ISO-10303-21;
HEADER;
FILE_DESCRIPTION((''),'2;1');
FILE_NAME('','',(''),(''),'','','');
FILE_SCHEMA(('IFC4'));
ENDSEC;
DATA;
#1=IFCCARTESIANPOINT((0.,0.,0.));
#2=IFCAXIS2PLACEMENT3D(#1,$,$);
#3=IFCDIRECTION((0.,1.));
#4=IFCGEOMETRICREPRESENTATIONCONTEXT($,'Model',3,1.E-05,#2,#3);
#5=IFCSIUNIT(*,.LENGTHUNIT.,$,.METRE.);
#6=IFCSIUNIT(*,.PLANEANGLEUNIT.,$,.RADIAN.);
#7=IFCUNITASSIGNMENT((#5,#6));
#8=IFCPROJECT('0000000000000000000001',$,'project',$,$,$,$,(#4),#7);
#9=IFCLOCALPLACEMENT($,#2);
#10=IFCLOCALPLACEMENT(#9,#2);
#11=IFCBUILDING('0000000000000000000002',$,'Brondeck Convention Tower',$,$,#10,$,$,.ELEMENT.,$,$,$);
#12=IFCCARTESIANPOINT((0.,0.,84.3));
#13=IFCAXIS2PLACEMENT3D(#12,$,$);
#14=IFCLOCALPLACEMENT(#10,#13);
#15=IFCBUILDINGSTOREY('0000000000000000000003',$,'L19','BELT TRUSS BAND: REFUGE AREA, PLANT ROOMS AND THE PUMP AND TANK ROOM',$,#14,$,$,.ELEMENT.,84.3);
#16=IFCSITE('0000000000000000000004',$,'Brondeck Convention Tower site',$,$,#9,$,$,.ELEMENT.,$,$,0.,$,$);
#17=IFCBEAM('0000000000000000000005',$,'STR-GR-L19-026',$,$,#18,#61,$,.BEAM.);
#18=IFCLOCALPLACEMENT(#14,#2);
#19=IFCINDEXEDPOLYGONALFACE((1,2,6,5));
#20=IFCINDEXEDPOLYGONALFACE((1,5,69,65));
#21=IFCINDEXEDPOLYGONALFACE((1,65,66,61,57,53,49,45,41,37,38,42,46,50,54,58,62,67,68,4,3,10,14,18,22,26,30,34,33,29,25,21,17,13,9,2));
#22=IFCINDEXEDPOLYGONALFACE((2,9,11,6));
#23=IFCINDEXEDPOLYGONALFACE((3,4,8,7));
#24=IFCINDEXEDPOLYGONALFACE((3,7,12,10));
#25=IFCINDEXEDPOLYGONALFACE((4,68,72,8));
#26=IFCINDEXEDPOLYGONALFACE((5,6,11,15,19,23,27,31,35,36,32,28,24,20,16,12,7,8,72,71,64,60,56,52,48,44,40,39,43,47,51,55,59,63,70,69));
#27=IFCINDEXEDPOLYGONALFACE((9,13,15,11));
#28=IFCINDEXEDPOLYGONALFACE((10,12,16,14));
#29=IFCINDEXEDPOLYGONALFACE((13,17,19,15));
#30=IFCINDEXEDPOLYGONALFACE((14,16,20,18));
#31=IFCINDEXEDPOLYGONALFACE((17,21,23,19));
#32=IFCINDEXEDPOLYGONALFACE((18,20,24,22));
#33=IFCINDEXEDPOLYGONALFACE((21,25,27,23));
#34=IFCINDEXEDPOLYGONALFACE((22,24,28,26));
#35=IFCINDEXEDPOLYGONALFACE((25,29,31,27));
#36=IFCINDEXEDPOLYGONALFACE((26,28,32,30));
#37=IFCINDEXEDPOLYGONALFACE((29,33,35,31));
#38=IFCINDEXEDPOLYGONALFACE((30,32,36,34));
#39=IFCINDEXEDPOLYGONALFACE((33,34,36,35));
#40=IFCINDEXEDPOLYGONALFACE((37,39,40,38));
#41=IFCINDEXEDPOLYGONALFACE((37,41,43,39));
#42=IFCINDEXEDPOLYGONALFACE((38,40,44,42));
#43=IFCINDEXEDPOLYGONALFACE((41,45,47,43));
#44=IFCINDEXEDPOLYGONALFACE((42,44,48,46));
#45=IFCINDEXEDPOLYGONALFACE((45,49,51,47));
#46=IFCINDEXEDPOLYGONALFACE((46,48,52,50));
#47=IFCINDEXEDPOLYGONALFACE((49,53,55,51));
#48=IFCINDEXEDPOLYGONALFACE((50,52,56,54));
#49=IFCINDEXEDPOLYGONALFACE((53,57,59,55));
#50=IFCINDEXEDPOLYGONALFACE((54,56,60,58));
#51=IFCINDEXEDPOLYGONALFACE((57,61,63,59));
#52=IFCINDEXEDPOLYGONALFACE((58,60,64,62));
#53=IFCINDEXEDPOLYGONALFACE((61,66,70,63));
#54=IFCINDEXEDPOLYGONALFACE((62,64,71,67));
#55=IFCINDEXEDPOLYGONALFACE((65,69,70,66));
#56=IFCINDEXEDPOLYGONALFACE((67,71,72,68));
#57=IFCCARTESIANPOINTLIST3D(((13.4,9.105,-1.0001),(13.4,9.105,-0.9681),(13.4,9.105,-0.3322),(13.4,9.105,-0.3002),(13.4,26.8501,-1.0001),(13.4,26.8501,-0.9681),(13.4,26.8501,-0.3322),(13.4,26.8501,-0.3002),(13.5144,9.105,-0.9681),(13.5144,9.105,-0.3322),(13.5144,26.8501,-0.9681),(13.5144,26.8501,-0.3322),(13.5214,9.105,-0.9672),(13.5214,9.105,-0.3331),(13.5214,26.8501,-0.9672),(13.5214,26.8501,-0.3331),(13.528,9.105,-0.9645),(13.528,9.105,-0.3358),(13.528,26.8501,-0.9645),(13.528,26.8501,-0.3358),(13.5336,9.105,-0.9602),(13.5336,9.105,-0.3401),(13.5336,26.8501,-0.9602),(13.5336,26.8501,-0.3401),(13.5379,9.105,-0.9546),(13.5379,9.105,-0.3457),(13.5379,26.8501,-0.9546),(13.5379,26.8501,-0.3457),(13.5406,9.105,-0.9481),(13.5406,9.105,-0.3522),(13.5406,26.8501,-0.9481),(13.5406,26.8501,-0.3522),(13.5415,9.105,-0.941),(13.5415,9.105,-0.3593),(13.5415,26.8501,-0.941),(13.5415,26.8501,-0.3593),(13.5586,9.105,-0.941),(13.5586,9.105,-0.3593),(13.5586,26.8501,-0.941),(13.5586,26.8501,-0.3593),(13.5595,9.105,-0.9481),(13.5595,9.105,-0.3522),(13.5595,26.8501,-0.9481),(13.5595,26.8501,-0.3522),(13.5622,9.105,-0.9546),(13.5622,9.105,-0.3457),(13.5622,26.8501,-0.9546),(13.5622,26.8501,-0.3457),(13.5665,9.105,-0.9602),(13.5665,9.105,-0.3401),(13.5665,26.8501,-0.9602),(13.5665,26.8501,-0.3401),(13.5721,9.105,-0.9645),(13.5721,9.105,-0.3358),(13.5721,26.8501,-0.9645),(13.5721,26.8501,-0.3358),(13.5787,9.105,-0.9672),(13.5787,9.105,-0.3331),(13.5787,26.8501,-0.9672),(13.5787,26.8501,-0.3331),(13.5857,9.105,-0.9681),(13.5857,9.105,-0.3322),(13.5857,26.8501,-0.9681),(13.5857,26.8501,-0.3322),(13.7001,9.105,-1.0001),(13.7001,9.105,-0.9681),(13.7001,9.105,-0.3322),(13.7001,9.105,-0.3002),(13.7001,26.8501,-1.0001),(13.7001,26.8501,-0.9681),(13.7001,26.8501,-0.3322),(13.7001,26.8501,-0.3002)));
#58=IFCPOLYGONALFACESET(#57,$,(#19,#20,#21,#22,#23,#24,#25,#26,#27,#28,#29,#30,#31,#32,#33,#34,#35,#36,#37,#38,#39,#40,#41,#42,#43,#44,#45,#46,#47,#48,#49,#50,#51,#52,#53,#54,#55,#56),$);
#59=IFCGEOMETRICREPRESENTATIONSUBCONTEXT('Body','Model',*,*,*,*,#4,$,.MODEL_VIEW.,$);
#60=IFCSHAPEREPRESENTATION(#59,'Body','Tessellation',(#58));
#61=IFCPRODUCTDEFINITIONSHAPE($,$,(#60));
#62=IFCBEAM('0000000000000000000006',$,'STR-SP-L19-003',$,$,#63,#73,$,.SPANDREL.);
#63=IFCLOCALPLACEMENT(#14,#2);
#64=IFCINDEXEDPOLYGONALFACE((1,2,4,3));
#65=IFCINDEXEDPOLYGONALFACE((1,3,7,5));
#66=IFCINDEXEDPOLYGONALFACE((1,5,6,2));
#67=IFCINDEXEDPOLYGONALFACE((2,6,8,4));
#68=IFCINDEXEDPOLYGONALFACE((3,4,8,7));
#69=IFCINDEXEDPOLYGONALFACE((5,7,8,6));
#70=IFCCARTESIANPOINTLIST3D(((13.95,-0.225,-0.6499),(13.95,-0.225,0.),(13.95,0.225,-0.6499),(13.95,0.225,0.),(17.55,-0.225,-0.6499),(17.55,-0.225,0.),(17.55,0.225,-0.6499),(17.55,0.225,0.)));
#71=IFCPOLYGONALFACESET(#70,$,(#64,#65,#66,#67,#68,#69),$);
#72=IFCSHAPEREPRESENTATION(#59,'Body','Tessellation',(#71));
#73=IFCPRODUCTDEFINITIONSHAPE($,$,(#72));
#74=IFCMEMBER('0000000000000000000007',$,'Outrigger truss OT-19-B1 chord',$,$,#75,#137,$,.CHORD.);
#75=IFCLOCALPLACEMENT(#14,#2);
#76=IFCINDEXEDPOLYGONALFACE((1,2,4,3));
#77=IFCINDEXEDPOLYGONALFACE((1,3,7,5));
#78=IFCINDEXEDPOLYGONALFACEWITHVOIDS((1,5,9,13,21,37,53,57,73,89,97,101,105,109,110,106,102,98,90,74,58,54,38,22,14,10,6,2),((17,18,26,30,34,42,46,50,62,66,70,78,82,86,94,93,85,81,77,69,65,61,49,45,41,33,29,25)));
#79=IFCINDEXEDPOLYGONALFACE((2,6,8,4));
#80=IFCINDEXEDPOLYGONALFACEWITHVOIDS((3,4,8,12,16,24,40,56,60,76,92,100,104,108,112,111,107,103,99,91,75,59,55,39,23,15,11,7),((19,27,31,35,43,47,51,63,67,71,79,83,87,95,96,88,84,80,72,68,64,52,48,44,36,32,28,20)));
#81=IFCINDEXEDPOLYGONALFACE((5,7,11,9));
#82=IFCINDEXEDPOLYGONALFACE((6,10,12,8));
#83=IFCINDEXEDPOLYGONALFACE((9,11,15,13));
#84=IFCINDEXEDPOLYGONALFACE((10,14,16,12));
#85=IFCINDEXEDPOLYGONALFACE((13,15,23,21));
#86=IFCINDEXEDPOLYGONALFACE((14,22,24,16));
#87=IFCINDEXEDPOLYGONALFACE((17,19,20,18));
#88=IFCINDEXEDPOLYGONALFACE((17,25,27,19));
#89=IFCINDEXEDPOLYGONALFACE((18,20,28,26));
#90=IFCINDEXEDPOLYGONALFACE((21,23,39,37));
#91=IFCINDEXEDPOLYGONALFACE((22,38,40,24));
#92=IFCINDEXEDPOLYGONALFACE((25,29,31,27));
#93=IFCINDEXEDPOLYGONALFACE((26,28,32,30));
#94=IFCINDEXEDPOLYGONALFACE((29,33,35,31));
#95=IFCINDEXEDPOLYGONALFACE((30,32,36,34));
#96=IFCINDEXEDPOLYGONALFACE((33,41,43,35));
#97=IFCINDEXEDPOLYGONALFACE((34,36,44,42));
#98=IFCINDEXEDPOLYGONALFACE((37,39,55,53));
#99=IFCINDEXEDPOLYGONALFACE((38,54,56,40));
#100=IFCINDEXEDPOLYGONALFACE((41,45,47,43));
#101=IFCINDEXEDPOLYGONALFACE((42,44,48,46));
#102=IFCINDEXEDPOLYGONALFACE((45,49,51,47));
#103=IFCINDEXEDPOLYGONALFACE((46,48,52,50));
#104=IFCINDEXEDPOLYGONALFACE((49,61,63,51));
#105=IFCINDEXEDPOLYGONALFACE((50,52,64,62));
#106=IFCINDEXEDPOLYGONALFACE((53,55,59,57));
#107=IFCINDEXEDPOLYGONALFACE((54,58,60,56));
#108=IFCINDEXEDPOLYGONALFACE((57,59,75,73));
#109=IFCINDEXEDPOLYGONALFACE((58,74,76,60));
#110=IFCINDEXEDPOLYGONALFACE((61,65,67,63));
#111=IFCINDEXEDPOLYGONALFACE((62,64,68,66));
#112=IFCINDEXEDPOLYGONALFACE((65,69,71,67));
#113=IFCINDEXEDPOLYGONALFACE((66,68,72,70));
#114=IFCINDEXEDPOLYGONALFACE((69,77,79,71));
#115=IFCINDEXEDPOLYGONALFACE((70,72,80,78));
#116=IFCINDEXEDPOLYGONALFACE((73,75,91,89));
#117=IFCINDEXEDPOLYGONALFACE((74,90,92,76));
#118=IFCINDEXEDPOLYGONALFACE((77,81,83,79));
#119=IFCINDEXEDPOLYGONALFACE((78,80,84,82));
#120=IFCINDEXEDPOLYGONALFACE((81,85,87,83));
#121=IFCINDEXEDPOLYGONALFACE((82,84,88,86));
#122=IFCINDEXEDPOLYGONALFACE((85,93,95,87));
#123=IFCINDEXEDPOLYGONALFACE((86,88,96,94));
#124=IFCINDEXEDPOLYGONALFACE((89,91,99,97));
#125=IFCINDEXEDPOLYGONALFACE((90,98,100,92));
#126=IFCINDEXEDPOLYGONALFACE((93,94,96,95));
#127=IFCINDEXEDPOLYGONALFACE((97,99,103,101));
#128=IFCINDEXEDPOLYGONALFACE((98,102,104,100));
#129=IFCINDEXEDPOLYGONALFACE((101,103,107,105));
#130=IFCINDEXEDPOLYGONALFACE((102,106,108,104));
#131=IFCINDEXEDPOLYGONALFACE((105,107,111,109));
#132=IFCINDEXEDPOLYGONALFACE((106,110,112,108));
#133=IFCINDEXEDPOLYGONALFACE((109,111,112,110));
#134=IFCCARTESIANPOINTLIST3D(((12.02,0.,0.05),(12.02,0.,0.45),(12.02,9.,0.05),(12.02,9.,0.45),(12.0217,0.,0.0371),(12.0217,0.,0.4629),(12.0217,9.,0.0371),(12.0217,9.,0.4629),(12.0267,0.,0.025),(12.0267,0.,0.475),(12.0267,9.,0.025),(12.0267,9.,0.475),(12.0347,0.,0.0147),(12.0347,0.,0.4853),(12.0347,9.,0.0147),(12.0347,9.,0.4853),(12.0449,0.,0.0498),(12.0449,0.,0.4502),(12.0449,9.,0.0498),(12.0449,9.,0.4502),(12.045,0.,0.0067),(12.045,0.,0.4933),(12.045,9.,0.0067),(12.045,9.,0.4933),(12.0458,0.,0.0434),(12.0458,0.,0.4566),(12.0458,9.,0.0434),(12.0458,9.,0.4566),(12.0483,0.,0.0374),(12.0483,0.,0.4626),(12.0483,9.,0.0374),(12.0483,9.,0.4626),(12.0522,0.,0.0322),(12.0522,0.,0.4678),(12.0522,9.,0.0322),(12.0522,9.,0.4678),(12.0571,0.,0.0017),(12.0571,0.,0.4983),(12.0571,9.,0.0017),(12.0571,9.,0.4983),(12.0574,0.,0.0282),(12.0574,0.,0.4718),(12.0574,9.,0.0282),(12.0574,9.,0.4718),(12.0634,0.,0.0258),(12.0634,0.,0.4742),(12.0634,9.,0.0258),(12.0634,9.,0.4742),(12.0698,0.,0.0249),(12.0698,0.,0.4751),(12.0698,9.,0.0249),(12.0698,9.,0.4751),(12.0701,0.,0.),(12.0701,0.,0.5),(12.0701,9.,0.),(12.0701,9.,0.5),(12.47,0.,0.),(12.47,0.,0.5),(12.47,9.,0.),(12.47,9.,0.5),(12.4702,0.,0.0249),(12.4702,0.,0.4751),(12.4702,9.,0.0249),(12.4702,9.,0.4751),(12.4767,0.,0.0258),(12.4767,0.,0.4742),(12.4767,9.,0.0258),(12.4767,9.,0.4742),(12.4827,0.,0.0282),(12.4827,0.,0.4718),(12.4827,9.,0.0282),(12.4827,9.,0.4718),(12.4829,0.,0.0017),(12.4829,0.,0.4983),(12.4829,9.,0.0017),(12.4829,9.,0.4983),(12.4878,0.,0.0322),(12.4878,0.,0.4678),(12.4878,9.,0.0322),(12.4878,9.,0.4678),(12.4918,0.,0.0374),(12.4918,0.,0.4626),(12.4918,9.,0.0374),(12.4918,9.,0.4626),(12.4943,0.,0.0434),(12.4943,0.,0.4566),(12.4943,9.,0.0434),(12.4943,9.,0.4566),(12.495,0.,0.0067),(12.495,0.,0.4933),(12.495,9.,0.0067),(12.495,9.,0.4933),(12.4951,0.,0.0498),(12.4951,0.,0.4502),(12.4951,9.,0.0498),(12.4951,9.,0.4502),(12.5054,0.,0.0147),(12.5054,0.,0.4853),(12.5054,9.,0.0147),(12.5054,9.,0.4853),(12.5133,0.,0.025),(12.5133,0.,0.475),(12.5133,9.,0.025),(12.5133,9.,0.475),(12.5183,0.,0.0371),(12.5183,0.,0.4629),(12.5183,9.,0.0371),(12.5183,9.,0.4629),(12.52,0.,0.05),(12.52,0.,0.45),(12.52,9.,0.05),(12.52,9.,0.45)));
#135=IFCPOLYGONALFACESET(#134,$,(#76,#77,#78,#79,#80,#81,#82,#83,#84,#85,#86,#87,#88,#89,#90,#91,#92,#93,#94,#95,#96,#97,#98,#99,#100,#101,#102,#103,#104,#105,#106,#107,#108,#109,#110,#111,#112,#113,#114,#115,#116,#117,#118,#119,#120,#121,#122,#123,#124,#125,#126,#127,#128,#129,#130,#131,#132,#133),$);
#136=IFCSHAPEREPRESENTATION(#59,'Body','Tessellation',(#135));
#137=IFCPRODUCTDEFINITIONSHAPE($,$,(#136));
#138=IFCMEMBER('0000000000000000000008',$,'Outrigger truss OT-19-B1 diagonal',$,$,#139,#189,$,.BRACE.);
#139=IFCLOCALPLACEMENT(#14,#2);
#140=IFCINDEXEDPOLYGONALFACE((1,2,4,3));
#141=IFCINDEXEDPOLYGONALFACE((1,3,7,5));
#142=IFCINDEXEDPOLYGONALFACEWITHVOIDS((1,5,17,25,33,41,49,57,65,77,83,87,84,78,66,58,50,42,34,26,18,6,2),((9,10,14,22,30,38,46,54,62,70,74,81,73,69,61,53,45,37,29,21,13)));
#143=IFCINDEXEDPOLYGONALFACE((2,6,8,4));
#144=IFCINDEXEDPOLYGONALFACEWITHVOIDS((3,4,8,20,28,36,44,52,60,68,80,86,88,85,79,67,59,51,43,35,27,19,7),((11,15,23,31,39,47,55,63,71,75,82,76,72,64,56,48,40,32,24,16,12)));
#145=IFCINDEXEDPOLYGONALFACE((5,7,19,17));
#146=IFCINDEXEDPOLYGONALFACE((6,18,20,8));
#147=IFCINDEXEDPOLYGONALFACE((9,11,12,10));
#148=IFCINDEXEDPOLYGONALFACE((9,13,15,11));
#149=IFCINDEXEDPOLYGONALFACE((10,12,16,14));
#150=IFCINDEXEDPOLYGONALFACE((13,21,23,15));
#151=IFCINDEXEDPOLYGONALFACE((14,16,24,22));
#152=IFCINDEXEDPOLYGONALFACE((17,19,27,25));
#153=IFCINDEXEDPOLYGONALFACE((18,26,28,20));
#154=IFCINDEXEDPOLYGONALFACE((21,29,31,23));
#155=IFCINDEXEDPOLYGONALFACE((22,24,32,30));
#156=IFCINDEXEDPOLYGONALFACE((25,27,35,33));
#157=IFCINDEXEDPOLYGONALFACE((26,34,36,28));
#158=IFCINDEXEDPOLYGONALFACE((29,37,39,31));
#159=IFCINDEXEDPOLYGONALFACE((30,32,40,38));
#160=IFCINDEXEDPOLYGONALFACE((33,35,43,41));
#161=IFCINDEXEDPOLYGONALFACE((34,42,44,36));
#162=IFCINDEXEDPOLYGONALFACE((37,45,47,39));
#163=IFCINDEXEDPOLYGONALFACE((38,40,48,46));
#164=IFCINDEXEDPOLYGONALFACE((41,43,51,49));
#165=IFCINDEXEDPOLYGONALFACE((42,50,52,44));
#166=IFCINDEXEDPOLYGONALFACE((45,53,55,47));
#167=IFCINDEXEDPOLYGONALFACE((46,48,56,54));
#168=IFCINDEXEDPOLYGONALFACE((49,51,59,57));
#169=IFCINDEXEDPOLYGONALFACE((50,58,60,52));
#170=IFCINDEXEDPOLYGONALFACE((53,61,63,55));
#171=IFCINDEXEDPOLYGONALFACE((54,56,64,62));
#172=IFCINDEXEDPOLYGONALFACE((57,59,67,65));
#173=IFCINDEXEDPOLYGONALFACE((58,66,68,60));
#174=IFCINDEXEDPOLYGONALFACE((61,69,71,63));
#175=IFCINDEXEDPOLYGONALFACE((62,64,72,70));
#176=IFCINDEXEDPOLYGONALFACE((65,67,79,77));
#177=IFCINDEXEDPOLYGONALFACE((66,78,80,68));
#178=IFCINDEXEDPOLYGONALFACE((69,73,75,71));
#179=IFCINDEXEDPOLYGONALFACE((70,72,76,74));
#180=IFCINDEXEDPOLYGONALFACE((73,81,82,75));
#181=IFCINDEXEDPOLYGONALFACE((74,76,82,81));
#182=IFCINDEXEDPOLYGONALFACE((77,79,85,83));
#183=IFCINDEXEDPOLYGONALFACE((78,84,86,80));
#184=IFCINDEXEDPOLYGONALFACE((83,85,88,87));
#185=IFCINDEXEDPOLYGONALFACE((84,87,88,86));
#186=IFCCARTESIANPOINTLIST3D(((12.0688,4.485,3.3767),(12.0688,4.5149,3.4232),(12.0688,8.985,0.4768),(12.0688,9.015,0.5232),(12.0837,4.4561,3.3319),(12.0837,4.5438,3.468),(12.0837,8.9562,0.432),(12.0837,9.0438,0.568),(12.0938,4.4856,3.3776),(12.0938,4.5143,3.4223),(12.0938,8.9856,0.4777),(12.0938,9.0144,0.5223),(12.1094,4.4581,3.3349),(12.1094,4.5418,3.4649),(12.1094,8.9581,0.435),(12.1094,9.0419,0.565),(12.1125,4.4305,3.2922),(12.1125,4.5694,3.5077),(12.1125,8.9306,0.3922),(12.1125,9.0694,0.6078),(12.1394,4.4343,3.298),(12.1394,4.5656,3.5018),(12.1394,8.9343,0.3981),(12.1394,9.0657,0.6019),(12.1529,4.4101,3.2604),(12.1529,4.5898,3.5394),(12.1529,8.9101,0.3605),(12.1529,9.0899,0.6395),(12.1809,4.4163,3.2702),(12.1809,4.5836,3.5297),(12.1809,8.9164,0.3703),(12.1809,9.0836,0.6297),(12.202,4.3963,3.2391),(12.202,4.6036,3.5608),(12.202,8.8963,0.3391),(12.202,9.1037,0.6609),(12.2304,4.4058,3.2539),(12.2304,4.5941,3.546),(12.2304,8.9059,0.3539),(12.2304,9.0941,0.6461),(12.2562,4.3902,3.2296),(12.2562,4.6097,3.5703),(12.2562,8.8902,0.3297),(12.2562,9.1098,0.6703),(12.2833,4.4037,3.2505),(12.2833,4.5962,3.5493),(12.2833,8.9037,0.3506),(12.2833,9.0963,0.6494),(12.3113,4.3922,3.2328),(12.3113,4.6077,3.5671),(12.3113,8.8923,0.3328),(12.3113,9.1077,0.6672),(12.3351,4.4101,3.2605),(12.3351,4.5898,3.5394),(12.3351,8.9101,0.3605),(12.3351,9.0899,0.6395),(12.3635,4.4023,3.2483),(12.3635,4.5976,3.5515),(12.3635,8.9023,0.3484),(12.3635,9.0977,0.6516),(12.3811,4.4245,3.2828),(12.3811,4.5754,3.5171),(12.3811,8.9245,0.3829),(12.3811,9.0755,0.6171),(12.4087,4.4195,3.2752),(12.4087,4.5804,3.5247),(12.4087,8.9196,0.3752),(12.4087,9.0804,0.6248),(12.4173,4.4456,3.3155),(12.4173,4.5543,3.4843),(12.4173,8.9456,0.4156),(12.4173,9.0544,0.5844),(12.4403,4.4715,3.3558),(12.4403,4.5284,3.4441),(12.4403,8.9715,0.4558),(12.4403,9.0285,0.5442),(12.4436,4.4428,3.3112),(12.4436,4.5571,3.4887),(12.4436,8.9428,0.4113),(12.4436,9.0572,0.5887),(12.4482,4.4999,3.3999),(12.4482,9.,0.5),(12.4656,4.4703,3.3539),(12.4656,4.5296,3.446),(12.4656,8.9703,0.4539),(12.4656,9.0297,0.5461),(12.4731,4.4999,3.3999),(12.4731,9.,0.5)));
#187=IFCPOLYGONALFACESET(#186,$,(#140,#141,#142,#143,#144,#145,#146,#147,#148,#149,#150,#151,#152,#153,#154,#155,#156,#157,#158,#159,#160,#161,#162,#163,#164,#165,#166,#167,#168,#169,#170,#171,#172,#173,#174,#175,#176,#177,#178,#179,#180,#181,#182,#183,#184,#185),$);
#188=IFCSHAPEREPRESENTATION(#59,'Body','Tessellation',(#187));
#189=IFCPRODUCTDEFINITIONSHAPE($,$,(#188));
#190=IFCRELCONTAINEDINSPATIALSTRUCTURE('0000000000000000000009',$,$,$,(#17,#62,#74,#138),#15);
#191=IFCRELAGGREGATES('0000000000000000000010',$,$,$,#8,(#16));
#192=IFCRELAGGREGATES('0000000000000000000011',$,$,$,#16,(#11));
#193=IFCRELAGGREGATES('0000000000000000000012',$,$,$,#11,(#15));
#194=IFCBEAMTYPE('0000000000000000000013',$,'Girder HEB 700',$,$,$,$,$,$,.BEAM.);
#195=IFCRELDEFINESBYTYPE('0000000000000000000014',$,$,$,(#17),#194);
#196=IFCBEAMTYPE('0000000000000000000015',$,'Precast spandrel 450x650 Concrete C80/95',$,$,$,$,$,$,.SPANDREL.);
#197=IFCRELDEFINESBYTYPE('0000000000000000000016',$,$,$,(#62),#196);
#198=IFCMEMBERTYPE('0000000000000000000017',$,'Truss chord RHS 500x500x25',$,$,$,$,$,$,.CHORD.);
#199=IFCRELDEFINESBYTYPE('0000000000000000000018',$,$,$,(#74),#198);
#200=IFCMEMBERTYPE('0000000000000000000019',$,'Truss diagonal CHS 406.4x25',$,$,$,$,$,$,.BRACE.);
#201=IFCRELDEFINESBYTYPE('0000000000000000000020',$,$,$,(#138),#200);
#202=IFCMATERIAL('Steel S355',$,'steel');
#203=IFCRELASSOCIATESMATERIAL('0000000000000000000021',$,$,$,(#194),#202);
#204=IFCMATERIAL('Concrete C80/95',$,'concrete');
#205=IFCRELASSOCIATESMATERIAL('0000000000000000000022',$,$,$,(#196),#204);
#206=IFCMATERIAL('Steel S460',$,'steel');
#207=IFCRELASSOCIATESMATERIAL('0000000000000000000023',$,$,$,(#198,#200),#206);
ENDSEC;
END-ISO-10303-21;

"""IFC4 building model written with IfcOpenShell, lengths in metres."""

from ifc_helpers import new_model, si_unit, direction, frame, origin, origin_2d, place, context, subcontext, project, spatial, rectangle, hollow_rectangle, hollow_circle, i_section, extrude, material, material_profile, profile_set, type_object, element, save


model = new_model("IFC4")

# Units and contexts
model_context = context("Model", 3, precision=1e-05, world=origin(), true_north=direction((0.0, 1.0)))
body_context = subcontext(model_context, "Body", "Model", "MODEL_VIEW")
ifc_project = project(units=[si_unit("LENGTHUNIT", "METRE"), si_unit("PLANEANGLEUNIT", "RADIAN")], contexts=[model_context])

# Site, building, storey
site_placement = place(None, origin())
site = spatial("IfcSite", under=ifc_project, at=site_placement, Name="Brondeck Convention Tower site", CompositionType="ELEMENT", RefElevation=0.0)
building_placement = place(site_placement, origin())
building = spatial("IfcBuilding", under=site, at=building_placement, Name="Brondeck Convention Tower", CompositionType="ELEMENT")
storey_placement = place(building_placement, frame((0.0, 0.0, 84.3)))
storey = spatial("IfcBuildingStorey", under=building, at=storey_placement, Name="L19", Description="BELT TRUSS BAND: REFUGE AREA, PLANT ROOMS AND THE PUMP AND TANK ROOM", CompositionType="ELEMENT", Elevation=84.3)

# Shared definitions
ifc_material_1 = material(Name="Concrete C80/95", Category="concrete")

# Shared definitions
ifc_material_2 = material(Name="Steel S460", Category="steel")

# Beams
ifc_material_3 = material(Name="Steel S355", Category="steel")
ifc_material_profile_1 = material_profile(ifc_material_3, i_section(OverallWidth=0.3, OverallDepth=0.7, WebThickness=0.0171, FlangeThickness=0.032, FilletRadius=0.0271, at=origin_2d()), Name="HEB 700")
ifc_profile_set_1 = profile_set([ifc_material_profile_1], Name="Steel S355")
beam_type_1 = type_object("IfcBeamType", Name="Girder HEB 700", PredefinedType="BEAM", material=ifc_profile_set_1)
beam_1_placement = place(storey_placement, frame((13.55, 9.105, -0.6501), z_axis=(0.0, 1.0, 0.0), x_axis=(-1.0, 0.0, 0.0)))
element("IfcBeam", 1, at=beam_1_placement, inside=storey, type_object=beam_type_1, Name="STR-GR-L19-026", PredefinedType="BEAM", context=body_context, shape_type="SweptSolid", body=[
    extrude(i_section(OverallWidth=0.3, OverallDepth=0.7, WebThickness=0.0171, FlangeThickness=0.032, FilletRadius=0.0271, at=origin_2d()), origin(), (0.0, 0.0, 1.0), 17.7451),
])
ifc_material_profile_2 = material_profile(ifc_material_1, rectangle(XDim=0.45, YDim=0.6499, at=origin_2d()), Name="Precast spandrel 450x650 Concrete C80/95")
ifc_profile_set_2 = profile_set([ifc_material_profile_2], Name="Concrete C80/95")
beam_type_2 = type_object("IfcBeamType", Name="Precast spandrel 450x650 Concrete C80/95", PredefinedType="SPANDREL", material=ifc_profile_set_2)
beam_2_placement = place(storey_placement, frame((13.95, 0.0, -0.325), z_axis=(1.0, 0.0, 0.0), x_axis=(0.0, 1.0, 0.0)))
element("IfcBeam", 2, at=beam_2_placement, inside=storey, type_object=beam_type_2, Name="STR-SP-L19-003", PredefinedType="SPANDREL", context=body_context, shape_type="SweptSolid", body=[
    extrude(rectangle(XDim=0.45, YDim=0.6499, at=origin_2d()), origin(), (0.0, 0.0, 1.0), 3.6001),
])

# Members
ifc_material_profile_3 = material_profile(ifc_material_2, hollow_rectangle(XDim=0.5, YDim=0.5, WallThickness=0.0249, InnerFilletRadius=0.0249, OuterFilletRadius=0.05, at=origin_2d()), Name="RHS 500x500x25")
ifc_profile_set_3 = profile_set([ifc_material_profile_3], Name="Steel S460")
member_type_1 = type_object("IfcMemberType", Name="Truss chord RHS 500x500x25", PredefinedType="CHORD", material=ifc_profile_set_3)
member_placement = place(storey_placement, frame((12.27, 9.0, 0.25), z_axis=(0.0, -1.0, 0.0), x_axis=(1.0, 0.0, 0.0)))
element("IfcMember", 3, at=member_placement, inside=storey, type_object=member_type_1, Name="Outrigger truss OT-19-B1 chord", PredefinedType="CHORD", context=body_context, shape_type="SweptSolid", body=[
    extrude(hollow_rectangle(XDim=0.5, YDim=0.5, WallThickness=0.0249, InnerFilletRadius=0.0249, OuterFilletRadius=0.05, at=origin_2d()), origin(), (0.0, 0.0, 1.0), 9.0),
])
ifc_material_profile_4 = material_profile(ifc_material_2, hollow_circle(Radius=0.2031, WallThickness=0.0249, at=origin_2d()), Name="CHS 406.4x25")
ifc_profile_set_4 = profile_set([ifc_material_profile_4], Name="Steel S460")
member_type_2 = type_object("IfcMemberType", Name="Truss diagonal CHS 406.4x25", PredefinedType="BRACE", material=ifc_profile_set_4)
for number, where, z_axis, x_axis, name in (
    (4, (12.27, 9.0, 0.5), (0.0, -0.840579, 0.541688), (1.0, 0.0, 0.0), "Outrigger truss OT-19-B1 diagonal"),
):
    element("IfcMember", number, at=place(storey_placement, frame(where, z_axis=z_axis, x_axis=x_axis)), inside=storey, type_object=member_type_2, Name=name, PredefinedType="BRACE", context=body_context, shape_type="SweptSolid", body=[
        extrude(hollow_circle(Radius=0.2031, WallThickness=0.0249, at=origin_2d()), origin(), (0.0, 0.0, 1.0), 5.3535),
    ])

save(model, "model.ifc")
